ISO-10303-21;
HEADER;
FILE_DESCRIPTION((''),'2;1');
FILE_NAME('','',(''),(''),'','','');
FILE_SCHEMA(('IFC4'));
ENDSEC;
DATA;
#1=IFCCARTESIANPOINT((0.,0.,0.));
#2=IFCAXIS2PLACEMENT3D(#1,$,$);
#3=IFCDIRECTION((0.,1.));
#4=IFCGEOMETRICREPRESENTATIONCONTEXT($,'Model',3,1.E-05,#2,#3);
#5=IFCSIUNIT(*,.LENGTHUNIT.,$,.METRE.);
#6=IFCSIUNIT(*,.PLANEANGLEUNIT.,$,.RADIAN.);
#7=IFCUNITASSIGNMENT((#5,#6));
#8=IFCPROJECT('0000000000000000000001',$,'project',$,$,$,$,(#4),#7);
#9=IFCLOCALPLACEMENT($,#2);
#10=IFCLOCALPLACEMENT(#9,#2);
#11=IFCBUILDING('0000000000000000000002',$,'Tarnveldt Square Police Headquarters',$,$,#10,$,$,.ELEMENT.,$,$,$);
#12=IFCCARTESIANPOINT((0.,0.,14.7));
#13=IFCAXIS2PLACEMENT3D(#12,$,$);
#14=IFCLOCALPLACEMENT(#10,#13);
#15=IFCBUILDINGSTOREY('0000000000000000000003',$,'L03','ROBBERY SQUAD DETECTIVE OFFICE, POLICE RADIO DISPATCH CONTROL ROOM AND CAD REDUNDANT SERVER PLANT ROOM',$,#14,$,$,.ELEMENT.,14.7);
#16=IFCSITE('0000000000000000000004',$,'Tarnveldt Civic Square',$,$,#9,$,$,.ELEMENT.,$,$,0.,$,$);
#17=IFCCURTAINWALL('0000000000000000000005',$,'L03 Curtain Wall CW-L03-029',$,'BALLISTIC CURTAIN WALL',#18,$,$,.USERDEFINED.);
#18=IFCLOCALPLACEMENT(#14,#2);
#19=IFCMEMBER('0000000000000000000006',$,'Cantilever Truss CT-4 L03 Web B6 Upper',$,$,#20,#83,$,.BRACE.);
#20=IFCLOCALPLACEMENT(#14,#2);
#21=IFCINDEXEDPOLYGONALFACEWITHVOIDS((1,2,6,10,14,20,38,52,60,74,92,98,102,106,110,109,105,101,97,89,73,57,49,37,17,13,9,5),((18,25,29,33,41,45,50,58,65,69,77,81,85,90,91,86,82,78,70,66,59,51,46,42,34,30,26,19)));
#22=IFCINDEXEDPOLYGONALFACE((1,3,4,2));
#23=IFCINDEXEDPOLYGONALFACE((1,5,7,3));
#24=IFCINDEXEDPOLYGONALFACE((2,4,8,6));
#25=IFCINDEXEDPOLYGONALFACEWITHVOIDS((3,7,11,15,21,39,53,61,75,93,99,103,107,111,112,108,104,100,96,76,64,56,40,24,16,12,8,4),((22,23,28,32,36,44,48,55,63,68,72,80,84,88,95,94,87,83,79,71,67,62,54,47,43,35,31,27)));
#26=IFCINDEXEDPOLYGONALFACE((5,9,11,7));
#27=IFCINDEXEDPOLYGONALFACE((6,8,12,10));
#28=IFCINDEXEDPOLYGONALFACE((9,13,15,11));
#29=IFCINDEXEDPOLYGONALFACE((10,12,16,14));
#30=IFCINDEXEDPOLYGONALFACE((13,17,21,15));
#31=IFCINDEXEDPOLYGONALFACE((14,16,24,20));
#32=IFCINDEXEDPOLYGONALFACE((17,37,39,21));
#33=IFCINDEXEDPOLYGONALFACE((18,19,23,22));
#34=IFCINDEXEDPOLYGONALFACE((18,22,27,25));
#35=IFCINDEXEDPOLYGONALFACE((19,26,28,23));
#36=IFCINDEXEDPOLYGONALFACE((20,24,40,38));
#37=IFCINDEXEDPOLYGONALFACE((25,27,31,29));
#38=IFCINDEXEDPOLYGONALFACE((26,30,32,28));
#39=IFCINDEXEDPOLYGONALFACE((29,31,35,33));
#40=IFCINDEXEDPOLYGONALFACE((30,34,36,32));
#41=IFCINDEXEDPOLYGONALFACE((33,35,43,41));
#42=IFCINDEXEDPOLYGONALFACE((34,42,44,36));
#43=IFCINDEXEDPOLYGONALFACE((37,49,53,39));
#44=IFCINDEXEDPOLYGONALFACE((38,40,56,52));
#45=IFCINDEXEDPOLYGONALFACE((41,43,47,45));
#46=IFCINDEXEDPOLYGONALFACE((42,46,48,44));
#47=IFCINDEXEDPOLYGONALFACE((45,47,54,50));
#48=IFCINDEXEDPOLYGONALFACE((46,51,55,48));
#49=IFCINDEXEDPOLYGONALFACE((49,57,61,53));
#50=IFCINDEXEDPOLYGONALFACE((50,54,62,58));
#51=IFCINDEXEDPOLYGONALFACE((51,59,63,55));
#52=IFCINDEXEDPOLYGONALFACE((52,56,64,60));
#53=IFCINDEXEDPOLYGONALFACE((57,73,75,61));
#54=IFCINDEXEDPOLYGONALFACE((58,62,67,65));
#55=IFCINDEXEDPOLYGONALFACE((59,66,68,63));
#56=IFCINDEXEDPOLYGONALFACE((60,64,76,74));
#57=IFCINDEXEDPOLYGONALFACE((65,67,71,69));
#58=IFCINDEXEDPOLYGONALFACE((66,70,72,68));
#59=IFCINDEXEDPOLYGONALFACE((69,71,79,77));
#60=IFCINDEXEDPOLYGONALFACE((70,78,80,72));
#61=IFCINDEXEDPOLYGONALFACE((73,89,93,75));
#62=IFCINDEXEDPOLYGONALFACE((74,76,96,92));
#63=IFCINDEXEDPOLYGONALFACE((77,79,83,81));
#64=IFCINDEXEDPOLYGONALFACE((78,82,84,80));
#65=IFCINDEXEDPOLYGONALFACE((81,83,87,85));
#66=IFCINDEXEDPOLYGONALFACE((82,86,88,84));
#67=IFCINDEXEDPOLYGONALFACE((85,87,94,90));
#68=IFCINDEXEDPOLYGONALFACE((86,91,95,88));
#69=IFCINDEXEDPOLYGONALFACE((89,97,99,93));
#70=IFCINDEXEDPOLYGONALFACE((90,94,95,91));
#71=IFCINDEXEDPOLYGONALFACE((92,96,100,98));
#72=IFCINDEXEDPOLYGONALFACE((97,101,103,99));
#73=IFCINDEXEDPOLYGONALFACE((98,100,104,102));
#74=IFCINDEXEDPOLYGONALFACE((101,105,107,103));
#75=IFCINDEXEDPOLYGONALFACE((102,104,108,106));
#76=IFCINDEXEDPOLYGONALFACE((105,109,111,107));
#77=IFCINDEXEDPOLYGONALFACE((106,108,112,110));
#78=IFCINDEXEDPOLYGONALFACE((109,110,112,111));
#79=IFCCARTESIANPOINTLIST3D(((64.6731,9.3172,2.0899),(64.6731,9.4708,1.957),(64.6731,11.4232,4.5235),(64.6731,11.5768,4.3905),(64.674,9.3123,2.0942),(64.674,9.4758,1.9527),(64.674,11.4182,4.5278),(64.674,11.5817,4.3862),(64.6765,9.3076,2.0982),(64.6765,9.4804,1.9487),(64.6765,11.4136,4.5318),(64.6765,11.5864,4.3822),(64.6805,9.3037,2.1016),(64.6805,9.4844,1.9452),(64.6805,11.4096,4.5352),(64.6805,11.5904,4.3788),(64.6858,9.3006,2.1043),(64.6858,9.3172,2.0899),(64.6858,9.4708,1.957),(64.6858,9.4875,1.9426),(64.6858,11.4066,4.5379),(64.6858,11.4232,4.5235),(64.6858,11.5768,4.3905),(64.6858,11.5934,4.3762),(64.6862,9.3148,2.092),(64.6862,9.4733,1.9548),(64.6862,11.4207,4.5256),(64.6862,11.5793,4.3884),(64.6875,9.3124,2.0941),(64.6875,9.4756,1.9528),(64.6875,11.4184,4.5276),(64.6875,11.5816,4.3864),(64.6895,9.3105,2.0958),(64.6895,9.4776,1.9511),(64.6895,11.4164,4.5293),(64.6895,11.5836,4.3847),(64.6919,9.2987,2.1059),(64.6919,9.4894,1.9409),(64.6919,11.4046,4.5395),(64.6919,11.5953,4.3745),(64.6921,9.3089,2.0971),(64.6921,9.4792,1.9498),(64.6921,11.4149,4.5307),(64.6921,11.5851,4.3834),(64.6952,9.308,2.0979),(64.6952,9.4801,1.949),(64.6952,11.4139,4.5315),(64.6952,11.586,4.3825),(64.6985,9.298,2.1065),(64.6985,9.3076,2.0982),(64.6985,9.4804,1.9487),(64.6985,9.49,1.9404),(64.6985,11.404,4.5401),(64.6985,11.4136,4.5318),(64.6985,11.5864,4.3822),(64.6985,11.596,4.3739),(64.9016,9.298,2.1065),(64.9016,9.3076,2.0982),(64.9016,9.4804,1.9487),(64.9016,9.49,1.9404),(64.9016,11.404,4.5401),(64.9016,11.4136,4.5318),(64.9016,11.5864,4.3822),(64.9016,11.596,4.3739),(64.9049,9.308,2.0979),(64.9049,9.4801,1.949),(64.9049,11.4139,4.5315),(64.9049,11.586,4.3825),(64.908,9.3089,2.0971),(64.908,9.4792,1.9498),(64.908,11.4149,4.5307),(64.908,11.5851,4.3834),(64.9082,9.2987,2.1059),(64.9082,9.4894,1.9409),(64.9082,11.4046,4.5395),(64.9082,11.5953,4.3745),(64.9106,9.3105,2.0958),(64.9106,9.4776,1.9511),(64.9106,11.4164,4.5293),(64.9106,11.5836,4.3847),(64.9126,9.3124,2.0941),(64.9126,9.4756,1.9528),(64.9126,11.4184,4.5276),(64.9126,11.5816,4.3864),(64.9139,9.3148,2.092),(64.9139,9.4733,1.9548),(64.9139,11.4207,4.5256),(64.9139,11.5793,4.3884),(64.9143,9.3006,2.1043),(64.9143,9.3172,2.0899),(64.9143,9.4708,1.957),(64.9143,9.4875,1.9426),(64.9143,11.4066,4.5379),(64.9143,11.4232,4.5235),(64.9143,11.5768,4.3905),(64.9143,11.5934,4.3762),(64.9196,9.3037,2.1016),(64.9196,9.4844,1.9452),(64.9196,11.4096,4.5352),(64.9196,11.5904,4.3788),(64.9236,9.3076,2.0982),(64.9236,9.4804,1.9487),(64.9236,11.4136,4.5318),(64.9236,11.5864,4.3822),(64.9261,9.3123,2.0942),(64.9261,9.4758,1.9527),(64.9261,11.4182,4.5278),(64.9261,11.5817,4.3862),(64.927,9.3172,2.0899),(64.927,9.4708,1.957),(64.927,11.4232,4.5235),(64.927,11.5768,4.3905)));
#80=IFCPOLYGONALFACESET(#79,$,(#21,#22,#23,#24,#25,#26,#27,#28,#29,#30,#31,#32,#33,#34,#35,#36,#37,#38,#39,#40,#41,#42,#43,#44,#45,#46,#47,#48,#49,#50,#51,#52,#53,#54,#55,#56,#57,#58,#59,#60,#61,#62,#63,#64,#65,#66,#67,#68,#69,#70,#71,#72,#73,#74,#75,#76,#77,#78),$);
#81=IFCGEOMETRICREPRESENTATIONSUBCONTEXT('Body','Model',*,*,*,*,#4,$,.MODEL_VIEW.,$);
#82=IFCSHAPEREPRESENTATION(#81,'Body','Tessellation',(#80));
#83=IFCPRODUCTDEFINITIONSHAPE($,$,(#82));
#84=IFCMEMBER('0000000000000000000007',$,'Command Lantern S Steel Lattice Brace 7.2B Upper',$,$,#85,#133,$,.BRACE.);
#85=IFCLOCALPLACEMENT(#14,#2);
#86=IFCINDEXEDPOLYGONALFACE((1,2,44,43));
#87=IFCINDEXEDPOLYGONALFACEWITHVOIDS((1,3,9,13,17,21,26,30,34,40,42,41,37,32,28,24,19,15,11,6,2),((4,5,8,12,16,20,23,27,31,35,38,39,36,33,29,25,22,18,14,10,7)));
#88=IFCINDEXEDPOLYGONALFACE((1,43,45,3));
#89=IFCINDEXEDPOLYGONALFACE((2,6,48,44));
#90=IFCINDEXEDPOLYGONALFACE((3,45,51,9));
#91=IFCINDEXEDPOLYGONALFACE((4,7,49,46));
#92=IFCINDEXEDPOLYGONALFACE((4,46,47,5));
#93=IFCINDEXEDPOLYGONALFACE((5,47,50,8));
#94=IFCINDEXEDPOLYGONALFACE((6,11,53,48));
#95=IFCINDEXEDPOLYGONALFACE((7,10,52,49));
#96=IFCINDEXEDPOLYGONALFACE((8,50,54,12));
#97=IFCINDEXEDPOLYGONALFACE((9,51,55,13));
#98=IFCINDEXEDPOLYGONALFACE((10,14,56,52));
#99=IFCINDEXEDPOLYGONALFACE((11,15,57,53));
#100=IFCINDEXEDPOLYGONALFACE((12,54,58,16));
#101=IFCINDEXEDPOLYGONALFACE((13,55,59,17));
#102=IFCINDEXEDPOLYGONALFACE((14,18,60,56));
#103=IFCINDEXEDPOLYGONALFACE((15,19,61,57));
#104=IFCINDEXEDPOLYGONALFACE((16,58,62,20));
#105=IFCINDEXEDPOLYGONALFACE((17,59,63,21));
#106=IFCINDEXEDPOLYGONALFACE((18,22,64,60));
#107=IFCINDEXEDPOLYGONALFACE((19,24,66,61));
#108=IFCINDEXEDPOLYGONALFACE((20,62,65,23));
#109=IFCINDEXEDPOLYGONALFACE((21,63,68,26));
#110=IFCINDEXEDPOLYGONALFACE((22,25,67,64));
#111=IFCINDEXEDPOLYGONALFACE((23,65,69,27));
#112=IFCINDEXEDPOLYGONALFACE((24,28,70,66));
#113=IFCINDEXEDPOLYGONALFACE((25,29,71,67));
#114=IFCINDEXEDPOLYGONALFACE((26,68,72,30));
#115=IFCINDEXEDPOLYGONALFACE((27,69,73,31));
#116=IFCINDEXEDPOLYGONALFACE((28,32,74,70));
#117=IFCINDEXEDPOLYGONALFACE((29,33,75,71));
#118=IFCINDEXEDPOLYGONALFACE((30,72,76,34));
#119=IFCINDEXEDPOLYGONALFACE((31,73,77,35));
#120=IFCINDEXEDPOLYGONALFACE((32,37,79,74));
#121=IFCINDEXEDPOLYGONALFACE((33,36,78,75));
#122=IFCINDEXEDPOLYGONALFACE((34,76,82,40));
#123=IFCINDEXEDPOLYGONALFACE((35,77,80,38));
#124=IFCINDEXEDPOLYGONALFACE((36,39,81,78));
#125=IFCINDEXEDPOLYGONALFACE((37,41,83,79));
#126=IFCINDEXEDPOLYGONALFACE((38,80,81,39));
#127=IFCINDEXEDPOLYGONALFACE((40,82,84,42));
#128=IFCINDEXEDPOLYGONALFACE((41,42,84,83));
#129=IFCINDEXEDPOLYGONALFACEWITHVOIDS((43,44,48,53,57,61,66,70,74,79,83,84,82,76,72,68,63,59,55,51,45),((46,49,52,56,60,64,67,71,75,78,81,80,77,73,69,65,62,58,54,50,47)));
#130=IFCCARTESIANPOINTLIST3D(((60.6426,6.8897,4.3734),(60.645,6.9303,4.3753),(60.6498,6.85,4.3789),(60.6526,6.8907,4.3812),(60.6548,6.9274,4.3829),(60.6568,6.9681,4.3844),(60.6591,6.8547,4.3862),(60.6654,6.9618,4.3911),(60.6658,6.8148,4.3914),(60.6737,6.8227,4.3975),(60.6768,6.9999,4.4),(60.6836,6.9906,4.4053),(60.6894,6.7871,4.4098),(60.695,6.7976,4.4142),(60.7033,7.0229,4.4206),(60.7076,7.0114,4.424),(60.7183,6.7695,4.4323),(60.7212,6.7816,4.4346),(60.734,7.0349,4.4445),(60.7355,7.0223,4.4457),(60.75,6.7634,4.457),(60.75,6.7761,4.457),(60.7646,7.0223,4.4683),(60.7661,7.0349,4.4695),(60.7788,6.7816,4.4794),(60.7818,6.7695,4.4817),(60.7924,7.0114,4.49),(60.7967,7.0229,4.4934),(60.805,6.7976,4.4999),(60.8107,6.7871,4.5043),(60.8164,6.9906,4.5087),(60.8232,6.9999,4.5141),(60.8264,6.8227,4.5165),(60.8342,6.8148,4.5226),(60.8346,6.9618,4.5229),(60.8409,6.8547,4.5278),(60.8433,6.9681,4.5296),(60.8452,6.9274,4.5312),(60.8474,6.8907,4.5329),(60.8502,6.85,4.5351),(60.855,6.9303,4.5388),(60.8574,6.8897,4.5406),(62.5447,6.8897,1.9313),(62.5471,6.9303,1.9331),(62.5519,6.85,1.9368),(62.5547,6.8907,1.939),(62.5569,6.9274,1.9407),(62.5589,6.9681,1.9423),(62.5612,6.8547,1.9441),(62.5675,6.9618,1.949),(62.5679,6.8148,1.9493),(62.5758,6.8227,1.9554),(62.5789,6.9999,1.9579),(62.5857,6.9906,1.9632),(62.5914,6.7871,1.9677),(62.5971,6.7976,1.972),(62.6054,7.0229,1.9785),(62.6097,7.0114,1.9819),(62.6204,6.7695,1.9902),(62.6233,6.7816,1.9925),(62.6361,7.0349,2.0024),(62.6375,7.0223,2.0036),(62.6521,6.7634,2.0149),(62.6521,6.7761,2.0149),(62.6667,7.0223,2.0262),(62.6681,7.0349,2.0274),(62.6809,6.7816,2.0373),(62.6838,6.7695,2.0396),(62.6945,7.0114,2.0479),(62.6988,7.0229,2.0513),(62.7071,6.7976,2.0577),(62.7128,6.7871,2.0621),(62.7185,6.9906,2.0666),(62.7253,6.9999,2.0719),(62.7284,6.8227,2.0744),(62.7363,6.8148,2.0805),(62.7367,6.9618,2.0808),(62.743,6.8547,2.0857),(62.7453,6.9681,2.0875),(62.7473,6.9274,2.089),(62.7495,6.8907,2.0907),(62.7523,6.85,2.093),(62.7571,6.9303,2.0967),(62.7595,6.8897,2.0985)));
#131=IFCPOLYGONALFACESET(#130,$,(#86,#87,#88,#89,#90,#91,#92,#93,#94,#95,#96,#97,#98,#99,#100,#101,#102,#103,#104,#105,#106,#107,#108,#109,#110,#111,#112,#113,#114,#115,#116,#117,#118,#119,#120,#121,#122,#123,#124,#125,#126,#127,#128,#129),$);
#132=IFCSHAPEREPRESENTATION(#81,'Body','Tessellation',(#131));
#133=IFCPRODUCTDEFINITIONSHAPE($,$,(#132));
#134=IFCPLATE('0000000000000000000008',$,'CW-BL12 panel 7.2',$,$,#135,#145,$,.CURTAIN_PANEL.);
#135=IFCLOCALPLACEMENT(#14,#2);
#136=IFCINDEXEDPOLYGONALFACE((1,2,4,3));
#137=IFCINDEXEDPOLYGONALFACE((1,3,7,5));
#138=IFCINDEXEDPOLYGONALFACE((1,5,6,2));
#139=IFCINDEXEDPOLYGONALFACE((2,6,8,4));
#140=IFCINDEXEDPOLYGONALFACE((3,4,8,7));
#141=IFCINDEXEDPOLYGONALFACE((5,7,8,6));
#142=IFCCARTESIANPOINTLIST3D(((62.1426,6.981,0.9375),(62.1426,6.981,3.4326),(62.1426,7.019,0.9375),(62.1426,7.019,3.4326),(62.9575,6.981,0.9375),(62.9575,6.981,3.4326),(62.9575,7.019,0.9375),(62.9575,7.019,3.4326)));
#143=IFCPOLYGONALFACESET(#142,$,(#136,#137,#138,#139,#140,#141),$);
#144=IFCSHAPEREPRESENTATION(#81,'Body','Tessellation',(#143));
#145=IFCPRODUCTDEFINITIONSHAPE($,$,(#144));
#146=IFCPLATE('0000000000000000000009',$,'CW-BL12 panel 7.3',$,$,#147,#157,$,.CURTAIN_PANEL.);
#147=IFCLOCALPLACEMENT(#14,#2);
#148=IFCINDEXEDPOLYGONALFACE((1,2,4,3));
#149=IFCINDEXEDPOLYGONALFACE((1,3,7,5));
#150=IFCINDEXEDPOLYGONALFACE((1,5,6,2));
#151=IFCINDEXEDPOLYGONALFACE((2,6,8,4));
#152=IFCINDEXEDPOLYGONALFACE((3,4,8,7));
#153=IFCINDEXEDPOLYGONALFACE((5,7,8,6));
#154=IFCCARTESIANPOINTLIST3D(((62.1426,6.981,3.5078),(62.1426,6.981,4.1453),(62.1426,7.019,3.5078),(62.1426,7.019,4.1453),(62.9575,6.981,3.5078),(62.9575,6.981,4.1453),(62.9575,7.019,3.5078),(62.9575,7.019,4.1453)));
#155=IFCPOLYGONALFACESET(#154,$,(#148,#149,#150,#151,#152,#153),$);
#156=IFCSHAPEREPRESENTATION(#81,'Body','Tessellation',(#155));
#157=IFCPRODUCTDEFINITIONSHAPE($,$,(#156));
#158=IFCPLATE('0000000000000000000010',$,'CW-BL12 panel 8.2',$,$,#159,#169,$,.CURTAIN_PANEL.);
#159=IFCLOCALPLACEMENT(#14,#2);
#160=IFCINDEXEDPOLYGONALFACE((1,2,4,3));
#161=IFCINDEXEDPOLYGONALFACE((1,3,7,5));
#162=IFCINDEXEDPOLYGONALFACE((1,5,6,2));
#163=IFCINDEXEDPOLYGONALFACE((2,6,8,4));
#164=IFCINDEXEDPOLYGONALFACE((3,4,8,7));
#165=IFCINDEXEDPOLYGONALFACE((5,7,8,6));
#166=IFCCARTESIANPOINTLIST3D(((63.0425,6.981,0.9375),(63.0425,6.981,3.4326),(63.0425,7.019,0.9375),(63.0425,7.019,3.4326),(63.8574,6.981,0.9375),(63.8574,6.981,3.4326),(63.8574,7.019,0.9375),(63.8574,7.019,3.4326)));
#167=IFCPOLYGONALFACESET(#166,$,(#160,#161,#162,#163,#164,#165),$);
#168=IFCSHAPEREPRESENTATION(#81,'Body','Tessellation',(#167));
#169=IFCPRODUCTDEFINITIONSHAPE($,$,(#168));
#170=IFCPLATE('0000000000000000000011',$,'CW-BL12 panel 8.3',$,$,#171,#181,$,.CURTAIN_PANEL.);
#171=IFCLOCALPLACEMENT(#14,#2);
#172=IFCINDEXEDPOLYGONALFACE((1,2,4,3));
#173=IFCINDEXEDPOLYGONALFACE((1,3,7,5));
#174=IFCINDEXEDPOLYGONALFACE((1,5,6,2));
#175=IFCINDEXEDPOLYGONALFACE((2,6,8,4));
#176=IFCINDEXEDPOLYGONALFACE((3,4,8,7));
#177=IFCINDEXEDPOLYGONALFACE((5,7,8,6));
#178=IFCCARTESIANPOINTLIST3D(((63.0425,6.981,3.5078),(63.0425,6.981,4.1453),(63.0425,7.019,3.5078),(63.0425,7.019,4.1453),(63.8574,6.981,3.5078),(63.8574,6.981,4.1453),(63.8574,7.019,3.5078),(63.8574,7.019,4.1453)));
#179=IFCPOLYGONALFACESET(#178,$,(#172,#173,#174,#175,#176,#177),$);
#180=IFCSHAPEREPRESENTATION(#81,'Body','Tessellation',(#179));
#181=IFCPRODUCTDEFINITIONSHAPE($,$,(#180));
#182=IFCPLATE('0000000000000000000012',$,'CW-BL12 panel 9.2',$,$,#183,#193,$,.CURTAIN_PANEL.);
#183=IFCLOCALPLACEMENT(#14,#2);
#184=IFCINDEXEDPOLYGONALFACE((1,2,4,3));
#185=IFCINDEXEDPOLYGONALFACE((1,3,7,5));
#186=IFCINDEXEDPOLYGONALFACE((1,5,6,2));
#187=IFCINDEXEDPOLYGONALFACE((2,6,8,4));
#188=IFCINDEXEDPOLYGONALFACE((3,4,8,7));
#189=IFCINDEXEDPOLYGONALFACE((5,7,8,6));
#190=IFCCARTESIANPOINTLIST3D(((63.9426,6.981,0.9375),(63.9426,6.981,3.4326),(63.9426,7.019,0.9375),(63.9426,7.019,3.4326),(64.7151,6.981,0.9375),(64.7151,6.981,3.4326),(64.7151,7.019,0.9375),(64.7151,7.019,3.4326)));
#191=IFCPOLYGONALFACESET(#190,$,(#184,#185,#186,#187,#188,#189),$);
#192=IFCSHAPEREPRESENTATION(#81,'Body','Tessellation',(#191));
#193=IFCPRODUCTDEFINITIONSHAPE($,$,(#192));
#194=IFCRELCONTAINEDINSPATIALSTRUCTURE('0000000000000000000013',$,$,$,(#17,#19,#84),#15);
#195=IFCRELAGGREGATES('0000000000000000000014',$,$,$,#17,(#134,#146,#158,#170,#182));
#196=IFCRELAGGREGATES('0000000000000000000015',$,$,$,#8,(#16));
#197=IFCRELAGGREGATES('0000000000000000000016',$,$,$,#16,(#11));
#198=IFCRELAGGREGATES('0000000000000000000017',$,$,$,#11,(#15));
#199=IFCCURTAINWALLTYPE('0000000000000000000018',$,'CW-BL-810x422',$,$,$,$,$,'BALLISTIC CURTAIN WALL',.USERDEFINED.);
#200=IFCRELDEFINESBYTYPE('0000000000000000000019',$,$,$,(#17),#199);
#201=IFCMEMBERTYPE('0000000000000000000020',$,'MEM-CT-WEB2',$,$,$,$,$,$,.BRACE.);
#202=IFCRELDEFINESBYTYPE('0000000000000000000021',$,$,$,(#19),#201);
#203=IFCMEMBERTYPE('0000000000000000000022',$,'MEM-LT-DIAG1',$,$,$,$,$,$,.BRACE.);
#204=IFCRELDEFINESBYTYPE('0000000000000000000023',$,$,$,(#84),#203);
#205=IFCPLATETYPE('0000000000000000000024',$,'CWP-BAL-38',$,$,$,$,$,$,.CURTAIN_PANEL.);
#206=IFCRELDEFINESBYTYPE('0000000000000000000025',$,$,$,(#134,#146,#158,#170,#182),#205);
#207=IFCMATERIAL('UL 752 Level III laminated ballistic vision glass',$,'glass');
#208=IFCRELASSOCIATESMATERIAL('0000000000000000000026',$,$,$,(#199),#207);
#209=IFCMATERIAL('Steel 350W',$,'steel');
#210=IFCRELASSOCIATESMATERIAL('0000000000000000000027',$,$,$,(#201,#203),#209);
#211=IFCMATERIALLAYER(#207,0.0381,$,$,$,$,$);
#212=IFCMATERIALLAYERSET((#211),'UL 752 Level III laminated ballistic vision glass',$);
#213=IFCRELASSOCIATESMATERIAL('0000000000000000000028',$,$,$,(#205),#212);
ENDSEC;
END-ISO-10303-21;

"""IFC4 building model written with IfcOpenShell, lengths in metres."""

from ifc_helpers import new_model, si_unit, direction, frame, origin, origin_2d, place, context, subcontext, project, spatial, rectangle, hollow_rectangle, hollow_circle, extrude, material, layer, layer_set, material_profile, profile_set, type_object, element, aggregate, save


model = new_model("IFC4")

# Units and contexts
model_context = context("Model", 3, precision=1e-05, world=origin(), true_north=direction((0.0, 1.0)))
body_context = subcontext(model_context, "Body", "Model", "MODEL_VIEW")
ifc_project = project(units=[si_unit("LENGTHUNIT", "METRE"), si_unit("PLANEANGLEUNIT", "RADIAN")], contexts=[model_context])

# Site, building, storey
site_placement = place(None, origin())
site = spatial("IfcSite", under=ifc_project, at=site_placement, Name="Tarnveldt Civic Square", CompositionType="ELEMENT", RefElevation=0.0)
building_placement = place(site_placement, origin())
building = spatial("IfcBuilding", under=site, at=building_placement, Name="Tarnveldt Square Police Headquarters", CompositionType="ELEMENT")
storey_placement = place(building_placement, frame((0.0, 0.0, 14.7)))
storey = spatial("IfcBuildingStorey", under=building, at=storey_placement, Name="L03", Description="ROBBERY SQUAD DETECTIVE OFFICE, POLICE RADIO DISPATCH CONTROL ROOM AND CAD REDUNDANT SERVER PLANT ROOM", CompositionType="ELEMENT", Elevation=14.7)

# Curtain wall
ifc_material_1 = material(Name="UL 752 Level III laminated ballistic vision glass", Category="glass")
curtain_wall_type_1 = type_object("IfcCurtainWallType", Name="CW-BL-810x422", ElementType="BALLISTIC CURTAIN WALL", PredefinedType="USERDEFINED", material=ifc_material_1)
curtain_wall_1_placement = place(storey_placement, origin())
curtain_wall_1 = element("IfcCurtainWall", 1, at=curtain_wall_1_placement, inside=storey, type_object=curtain_wall_type_1, Name="L03 Curtain Wall CW-L03-029", ObjectType="BALLISTIC CURTAIN WALL", PredefinedType="USERDEFINED")

# Members
ifc_material_2 = material(Name="Steel 350W", Category="steel")
ifc_material_profile_1 = material_profile(ifc_material_2, hollow_rectangle(XDim=0.2539, YDim=0.2539, WallThickness=0.0127, InnerFilletRadius=0.0127, OuterFilletRadius=0.0254, at=origin_2d()), Name="HSS254x254x13")
ifc_profile_set_1 = profile_set([ifc_material_profile_1], Name="Steel 350W")
member_type_1 = type_object("IfcMemberType", Name="MEM-CT-WEB2", PredefinedType="BRACE", material=ifc_profile_set_1)
member_1_placement = place(storey_placement, frame((64.8, 9.394, 2.0234), z_axis=(0.0, 0.65437, 0.756174), x_axis=(-1.0, 0.0, 0.0)))
element("IfcMember", 2, at=member_1_placement, inside=storey, type_object=member_type_1, Name="Cantilever Truss CT-4 L03 Web B6 Upper", PredefinedType="BRACE", context=body_context, shape_type="SweptSolid", body=[
    extrude(hollow_rectangle(XDim=0.2539, YDim=0.2539, WallThickness=0.0127, InnerFilletRadius=0.0127, OuterFilletRadius=0.0254, at=origin_2d()), origin(), (0.0, 0.0, 1.0), 3.2183),
])
ifc_material_profile_2 = material_profile(ifc_material_2, hollow_circle(Radius=0.1365, WallThickness=0.0127, at=origin_2d()), Name="HSS273x13")
ifc_profile_set_2 = profile_set([ifc_material_profile_2], Name="Steel 350W")
member_type_2 = type_object("IfcMemberType", Name="MEM-LT-DIAG1", PredefinedType="BRACE", material=ifc_profile_set_2)
member_2_placement = place(storey_placement, frame((62.6521, 6.8999, 2.0149), z_axis=(-0.614476, 0.0, 0.788936), x_axis=(0.0, -1.0, 0.0)))
element("IfcMember", 3, at=member_2_placement, inside=storey, type_object=member_type_2, Name="Command Lantern S Steel Lattice Brace 7.2B Upper", PredefinedType="BRACE", context=body_context, shape_type="SweptSolid", body=[
    extrude(hollow_circle(Radius=0.1365, WallThickness=0.0127, at=origin_2d()), origin(), (0.0, 0.0, 1.0), 3.0955),
])

# Plates
ifc_layer_1 = layer(ifc_material_1, 0.0381)
ifc_layer_set_1 = layer_set([ifc_layer_1], Name="UL 752 Level III laminated ballistic vision glass")
plate_type_1 = type_object("IfcPlateType", Name="CWP-BAL-38", PredefinedType="CURTAIN_PANEL", material=ifc_layer_set_1)
plate_1_placement = place(storey_placement, frame((62.55, 7.0, 0.9375), z_axis=(0.0, 0.0, 1.0), x_axis=(1.0, 0.0, 0.0)))
plate_1 = element("IfcPlate", 4, at=plate_1_placement, type_object=plate_type_1, Name="CW-BL12 panel 7.2", PredefinedType="CURTAIN_PANEL", context=body_context, shape_type="SweptSolid", body=[
    extrude(rectangle(XDim=0.8149, YDim=0.0381, at=origin_2d()), origin(), (0.0, 0.0, 1.0), 2.4951),
])
plate_2_placement = place(storey_placement, frame((62.55, 7.0, 3.5078), z_axis=(0.0, 0.0, 1.0), x_axis=(1.0, 0.0, 0.0)))
plate_2 = element("IfcPlate", 5, at=plate_2_placement, type_object=plate_type_1, Name="CW-BL12 panel 7.3", PredefinedType="CURTAIN_PANEL", context=body_context, shape_type="SweptSolid", body=[
    extrude(rectangle(XDim=0.8149, YDim=0.0381, at=origin_2d()), origin(), (0.0, 0.0, 1.0), 0.6375),
])
plate_3_placement = place(storey_placement, frame((63.45, 7.0, 0.9375), z_axis=(0.0, 0.0, 1.0), x_axis=(1.0, 0.0, 0.0)))
plate_3 = element("IfcPlate", 6, at=plate_3_placement, type_object=plate_type_1, Name="CW-BL12 panel 8.2", PredefinedType="CURTAIN_PANEL", context=body_context, shape_type="SweptSolid", body=[
    extrude(rectangle(XDim=0.8149, YDim=0.0381, at=origin_2d()), origin(), (0.0, 0.0, 1.0), 2.4951),
])
plate_4_placement = place(storey_placement, frame((63.45, 7.0, 3.5078), z_axis=(0.0, 0.0, 1.0), x_axis=(1.0, 0.0, 0.0)))
plate_4 = element("IfcPlate", 7, at=plate_4_placement, type_object=plate_type_1, Name="CW-BL12 panel 8.3", PredefinedType="CURTAIN_PANEL", context=body_context, shape_type="SweptSolid", body=[
    extrude(rectangle(XDim=0.8149, YDim=0.0381, at=origin_2d()), origin(), (0.0, 0.0, 1.0), 0.6375),
])
plate_5_placement = place(storey_placement, frame((64.3289, 7.0, 0.9375), z_axis=(0.0, 0.0, 1.0), x_axis=(1.0, 0.0, 0.0)))
plate_5 = element("IfcPlate", 8, at=plate_5_placement, type_object=plate_type_1, Name="CW-BL12 panel 9.2", PredefinedType="CURTAIN_PANEL", context=body_context, shape_type="SweptSolid", body=[
    extrude(rectangle(XDim=0.7725, YDim=0.0381, at=origin_2d()), origin(), (0.0, 0.0, 1.0), 2.4951),
])
aggregate(curtain_wall_1, [plate_1, plate_2, plate_3, plate_4, plate_5])

save(model, "model.ifc")
